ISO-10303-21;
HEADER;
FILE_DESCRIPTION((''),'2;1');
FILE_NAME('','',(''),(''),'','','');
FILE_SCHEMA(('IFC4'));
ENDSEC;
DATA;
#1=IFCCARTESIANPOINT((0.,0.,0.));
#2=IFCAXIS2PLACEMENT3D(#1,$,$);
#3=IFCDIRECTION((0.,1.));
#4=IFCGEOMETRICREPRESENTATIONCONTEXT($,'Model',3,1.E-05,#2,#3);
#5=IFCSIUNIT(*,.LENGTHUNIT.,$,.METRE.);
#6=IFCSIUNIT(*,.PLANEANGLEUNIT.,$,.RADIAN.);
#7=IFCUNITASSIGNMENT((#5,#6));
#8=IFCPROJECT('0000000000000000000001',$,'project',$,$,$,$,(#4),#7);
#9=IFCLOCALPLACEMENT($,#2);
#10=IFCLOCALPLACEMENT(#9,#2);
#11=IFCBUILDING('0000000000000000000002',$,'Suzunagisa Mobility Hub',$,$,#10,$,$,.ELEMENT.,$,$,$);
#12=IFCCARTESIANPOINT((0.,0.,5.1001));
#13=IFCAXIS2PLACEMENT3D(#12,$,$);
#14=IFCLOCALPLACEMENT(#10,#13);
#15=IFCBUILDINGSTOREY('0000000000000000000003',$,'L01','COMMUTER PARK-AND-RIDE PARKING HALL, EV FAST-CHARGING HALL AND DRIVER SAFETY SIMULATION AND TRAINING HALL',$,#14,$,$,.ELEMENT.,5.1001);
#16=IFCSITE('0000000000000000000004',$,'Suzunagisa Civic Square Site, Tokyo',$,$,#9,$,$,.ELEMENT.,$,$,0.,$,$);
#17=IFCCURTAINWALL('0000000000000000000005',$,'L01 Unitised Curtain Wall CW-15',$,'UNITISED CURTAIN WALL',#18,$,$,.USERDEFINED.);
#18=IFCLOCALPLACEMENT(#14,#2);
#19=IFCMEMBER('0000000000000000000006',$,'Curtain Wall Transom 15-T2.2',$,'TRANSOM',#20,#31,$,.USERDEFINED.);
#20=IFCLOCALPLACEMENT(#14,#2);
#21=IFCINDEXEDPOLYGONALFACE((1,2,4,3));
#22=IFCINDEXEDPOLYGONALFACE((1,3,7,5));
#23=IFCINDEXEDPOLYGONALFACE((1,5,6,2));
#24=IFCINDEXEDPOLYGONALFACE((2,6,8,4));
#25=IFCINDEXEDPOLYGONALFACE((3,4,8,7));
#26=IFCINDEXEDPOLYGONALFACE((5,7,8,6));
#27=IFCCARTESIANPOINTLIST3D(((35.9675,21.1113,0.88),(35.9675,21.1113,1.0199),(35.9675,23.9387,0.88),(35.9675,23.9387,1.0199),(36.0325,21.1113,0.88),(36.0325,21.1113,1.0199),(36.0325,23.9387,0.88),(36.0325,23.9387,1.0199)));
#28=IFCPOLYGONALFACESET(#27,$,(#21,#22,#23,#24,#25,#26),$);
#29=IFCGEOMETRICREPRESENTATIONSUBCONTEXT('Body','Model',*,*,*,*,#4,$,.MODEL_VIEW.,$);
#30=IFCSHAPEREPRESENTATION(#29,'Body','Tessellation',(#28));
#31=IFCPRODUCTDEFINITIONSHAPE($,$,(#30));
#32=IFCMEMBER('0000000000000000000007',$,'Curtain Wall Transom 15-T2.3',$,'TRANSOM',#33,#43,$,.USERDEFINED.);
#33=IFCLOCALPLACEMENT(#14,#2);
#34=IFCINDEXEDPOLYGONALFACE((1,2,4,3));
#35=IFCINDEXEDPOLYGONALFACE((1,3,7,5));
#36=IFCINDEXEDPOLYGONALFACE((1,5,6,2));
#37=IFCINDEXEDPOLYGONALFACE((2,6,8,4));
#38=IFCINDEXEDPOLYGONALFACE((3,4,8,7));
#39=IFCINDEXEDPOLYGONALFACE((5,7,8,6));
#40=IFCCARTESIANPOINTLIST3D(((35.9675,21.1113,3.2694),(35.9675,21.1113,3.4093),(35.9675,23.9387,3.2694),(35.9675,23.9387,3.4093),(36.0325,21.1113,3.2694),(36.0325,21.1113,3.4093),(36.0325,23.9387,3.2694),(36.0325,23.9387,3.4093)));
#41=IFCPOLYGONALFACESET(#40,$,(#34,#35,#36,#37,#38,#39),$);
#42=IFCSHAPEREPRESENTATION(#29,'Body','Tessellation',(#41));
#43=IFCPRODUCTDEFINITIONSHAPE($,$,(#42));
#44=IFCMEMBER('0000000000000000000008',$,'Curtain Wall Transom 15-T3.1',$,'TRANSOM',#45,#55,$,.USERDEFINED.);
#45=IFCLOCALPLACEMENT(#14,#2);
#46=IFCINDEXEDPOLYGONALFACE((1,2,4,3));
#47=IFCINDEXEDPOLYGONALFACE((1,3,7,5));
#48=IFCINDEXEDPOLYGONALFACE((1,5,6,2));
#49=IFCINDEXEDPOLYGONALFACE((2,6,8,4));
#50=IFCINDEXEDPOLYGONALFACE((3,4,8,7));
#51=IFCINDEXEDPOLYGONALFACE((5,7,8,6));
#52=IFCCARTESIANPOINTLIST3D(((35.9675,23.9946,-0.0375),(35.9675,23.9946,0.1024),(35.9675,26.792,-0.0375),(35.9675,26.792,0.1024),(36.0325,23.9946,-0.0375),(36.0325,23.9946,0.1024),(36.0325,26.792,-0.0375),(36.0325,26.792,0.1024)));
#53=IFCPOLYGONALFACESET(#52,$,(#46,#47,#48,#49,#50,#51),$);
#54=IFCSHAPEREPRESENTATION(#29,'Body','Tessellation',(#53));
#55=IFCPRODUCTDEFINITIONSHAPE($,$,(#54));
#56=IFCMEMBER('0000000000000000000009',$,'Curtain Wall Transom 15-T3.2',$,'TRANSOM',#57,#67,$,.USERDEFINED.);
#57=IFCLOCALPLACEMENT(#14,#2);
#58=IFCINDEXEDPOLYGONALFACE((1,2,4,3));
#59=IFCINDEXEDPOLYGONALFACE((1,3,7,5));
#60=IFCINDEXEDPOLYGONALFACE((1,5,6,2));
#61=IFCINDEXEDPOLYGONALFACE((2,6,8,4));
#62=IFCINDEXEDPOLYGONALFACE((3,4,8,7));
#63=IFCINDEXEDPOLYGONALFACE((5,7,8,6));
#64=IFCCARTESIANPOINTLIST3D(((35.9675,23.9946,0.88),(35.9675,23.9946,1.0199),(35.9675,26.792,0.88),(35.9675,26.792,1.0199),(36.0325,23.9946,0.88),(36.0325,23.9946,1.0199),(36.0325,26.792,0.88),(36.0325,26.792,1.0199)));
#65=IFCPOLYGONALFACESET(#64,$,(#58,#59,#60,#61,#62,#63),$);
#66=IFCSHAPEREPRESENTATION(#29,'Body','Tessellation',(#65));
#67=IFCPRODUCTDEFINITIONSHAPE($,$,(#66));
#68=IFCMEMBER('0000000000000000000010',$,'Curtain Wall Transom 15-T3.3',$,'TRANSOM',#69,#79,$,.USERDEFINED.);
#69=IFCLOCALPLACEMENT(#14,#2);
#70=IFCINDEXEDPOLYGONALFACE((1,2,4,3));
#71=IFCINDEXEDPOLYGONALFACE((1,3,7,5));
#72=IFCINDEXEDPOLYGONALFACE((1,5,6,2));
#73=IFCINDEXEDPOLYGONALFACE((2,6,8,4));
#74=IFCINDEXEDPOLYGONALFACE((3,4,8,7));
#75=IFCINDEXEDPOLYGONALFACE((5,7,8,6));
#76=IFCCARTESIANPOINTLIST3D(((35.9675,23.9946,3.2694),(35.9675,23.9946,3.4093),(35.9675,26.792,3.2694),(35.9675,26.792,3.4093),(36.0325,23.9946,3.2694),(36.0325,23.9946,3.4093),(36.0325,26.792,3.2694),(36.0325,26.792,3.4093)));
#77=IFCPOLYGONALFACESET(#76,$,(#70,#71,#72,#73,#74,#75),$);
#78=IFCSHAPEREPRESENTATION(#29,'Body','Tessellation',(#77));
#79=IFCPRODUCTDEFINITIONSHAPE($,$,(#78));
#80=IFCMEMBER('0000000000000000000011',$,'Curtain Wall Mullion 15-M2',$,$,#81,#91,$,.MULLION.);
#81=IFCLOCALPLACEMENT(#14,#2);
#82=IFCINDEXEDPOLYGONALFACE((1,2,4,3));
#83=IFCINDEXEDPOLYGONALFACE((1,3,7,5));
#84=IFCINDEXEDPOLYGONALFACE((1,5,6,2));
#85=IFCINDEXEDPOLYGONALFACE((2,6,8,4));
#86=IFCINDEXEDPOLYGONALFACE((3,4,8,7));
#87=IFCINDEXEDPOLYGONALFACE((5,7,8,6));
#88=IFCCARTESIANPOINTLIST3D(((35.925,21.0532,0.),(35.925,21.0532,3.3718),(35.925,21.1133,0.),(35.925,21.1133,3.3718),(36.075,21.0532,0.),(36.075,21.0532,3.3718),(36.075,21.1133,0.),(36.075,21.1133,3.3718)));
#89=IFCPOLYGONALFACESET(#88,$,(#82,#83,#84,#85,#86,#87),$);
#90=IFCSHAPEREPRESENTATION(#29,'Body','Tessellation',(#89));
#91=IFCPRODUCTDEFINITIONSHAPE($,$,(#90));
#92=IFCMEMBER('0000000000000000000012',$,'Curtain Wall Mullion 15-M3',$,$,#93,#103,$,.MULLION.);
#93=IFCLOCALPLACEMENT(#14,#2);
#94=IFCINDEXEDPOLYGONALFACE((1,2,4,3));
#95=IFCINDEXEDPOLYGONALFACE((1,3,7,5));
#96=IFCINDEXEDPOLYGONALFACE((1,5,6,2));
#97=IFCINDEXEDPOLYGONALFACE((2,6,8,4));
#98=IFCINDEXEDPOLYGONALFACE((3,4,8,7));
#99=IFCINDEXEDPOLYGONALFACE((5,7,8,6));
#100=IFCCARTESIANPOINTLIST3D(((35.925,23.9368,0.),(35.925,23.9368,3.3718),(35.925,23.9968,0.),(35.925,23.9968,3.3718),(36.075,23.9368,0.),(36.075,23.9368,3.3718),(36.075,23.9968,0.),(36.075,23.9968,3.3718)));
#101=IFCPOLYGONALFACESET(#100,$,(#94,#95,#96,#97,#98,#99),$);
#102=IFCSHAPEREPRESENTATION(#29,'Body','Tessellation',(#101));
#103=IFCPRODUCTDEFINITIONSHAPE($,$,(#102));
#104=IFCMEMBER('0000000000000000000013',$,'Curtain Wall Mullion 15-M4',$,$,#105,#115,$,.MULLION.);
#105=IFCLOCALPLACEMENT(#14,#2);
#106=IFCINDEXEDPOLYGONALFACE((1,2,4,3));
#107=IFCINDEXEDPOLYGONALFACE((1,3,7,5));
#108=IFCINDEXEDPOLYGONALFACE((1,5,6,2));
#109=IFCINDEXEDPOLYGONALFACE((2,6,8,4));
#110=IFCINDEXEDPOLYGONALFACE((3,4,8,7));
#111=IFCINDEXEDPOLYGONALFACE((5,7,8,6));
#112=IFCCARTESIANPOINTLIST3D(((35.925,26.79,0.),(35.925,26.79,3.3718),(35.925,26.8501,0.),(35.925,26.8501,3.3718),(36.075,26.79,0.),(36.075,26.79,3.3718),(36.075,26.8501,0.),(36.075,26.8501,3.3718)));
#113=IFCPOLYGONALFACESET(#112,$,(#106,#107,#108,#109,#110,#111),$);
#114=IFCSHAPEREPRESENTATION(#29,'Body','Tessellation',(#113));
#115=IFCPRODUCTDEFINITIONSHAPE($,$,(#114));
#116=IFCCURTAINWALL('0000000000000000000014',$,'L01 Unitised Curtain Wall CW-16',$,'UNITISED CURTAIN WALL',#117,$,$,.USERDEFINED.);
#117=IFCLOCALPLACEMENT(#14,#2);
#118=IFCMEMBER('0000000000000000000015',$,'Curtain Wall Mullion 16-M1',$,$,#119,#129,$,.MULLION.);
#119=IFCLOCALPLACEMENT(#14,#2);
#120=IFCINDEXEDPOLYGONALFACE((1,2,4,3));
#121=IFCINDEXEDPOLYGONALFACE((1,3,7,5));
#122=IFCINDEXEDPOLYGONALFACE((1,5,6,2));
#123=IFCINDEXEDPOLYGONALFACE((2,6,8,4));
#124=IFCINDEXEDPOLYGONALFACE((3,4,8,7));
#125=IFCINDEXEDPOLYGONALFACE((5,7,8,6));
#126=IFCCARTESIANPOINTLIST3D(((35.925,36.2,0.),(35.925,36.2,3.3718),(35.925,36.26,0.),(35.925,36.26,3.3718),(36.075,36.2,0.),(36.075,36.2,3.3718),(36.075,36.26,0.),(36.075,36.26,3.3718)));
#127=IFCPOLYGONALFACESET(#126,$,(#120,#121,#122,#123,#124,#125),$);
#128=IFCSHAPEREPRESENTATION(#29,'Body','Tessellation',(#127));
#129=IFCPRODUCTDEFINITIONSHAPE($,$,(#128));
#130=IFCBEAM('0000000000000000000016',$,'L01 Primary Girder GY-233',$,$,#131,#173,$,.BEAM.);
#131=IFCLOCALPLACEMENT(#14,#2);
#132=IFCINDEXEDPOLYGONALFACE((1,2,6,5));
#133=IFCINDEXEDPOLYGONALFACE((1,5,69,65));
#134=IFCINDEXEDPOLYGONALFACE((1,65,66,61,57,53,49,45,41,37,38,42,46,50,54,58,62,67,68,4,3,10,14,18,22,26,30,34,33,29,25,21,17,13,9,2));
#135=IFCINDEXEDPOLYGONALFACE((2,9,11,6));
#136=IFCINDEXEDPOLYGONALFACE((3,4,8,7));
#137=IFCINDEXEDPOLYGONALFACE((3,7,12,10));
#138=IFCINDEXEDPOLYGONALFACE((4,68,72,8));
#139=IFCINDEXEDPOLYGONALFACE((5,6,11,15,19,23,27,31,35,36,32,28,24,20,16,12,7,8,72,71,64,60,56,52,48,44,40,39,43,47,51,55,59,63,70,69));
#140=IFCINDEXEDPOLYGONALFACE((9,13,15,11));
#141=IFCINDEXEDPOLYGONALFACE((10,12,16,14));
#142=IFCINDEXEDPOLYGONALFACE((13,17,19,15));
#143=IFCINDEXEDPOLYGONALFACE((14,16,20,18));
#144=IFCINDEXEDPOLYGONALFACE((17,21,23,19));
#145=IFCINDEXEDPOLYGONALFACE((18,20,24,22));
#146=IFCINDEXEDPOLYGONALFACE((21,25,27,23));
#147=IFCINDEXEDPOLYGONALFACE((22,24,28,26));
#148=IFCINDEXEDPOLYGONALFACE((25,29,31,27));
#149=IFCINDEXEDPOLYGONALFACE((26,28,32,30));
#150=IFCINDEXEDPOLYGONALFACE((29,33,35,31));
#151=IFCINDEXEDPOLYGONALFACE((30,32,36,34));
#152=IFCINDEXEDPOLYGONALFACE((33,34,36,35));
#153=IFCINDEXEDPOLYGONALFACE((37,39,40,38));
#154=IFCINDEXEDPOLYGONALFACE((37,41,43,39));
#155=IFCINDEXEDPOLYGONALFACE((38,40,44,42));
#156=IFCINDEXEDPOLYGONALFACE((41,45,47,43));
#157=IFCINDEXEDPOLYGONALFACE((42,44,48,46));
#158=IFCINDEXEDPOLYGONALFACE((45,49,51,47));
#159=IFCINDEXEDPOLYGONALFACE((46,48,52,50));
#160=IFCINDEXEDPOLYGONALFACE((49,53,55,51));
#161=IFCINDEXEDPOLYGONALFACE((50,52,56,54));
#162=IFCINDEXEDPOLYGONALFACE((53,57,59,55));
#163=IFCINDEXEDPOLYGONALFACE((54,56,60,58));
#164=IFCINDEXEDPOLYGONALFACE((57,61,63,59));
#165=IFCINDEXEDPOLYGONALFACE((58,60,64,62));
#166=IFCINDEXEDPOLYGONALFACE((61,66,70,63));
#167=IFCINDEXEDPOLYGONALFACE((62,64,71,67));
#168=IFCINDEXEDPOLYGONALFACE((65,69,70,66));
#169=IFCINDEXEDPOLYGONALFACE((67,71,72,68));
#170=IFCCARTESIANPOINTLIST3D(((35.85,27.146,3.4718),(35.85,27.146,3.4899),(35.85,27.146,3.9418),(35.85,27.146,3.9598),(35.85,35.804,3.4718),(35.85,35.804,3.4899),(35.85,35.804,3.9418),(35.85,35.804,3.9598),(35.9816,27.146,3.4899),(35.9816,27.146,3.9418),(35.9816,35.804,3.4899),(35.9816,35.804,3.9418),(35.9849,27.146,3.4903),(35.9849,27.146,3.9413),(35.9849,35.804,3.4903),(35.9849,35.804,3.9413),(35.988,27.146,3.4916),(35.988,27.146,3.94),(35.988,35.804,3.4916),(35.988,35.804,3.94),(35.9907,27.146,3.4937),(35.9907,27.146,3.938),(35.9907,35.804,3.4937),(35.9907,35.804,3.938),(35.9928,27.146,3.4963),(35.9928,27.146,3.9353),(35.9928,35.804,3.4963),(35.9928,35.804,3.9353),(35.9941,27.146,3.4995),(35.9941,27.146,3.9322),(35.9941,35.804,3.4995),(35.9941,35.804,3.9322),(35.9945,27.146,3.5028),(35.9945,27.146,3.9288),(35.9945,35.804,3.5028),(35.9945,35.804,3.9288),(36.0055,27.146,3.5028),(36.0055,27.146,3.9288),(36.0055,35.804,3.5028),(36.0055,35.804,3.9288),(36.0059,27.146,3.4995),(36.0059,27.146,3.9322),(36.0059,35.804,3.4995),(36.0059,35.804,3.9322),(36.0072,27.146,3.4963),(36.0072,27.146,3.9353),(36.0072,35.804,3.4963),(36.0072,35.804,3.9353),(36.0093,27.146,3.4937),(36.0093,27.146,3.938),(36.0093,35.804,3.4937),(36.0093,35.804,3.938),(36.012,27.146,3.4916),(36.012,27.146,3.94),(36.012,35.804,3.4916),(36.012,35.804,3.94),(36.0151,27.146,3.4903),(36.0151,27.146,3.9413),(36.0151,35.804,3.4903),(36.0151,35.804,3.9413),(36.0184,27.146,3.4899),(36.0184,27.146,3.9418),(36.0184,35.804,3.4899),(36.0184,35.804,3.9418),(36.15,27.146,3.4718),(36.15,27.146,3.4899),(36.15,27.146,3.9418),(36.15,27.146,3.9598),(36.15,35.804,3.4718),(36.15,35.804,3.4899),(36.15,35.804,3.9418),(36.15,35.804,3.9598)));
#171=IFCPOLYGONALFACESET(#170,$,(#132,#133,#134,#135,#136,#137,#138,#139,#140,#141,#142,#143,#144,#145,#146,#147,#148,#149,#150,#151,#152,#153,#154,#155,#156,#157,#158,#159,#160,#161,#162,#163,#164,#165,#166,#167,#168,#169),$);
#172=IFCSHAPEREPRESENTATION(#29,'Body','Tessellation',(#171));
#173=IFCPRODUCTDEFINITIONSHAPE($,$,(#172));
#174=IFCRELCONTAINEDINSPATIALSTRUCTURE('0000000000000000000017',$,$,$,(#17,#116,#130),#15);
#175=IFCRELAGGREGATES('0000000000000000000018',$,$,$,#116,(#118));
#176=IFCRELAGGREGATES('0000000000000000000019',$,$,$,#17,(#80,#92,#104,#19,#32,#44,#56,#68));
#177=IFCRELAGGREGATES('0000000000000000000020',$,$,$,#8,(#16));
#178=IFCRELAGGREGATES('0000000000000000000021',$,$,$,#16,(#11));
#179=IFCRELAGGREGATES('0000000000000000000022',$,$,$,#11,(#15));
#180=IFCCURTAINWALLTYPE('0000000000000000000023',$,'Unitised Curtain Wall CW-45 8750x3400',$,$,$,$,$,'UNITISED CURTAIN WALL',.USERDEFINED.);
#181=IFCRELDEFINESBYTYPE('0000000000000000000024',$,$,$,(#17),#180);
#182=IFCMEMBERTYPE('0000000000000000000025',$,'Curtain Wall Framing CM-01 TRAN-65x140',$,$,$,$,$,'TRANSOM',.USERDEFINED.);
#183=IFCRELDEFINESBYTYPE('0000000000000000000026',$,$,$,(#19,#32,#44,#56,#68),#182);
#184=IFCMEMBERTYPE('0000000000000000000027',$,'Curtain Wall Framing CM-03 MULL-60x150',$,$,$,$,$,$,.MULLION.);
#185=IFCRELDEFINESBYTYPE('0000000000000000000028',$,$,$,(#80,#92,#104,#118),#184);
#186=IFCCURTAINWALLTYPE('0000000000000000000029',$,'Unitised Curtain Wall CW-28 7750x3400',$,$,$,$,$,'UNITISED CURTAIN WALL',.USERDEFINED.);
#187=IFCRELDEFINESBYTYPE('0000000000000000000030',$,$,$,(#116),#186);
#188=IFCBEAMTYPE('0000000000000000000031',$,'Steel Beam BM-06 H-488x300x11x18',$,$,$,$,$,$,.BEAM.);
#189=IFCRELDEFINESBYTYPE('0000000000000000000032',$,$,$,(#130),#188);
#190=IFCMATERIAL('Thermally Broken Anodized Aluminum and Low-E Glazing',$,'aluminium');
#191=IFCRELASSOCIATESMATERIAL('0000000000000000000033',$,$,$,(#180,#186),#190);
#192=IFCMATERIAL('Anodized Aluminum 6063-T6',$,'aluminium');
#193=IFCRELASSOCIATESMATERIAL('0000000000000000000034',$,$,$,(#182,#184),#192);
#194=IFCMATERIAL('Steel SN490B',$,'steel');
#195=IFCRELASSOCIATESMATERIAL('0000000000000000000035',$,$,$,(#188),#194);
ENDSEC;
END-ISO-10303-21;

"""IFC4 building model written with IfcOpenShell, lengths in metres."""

from ifc_helpers import new_model, si_unit, direction, frame, origin, origin_2d, place, context, subcontext, project, spatial, rectangle, i_section, extrude, material, material_profile, profile_set, type_object, element, aggregate, save


model = new_model("IFC4")

# Units and contexts
model_context = context("Model", 3, precision=1e-05, world=origin(), true_north=direction((0.0, 1.0)))
body_context = subcontext(model_context, "Body", "Model", "MODEL_VIEW")
ifc_project = project(units=[si_unit("LENGTHUNIT", "METRE"), si_unit("PLANEANGLEUNIT", "RADIAN")], contexts=[model_context])

# Site, building, storey
site_placement = place(None, origin())
site = spatial("IfcSite", under=ifc_project, at=site_placement, Name="Suzunagisa Civic Square Site, Tokyo", CompositionType="ELEMENT", RefElevation=0.0)
building_placement = place(site_placement, origin())
building = spatial("IfcBuilding", under=site, at=building_placement, Name="Suzunagisa Mobility Hub", CompositionType="ELEMENT")
storey_placement = place(building_placement, frame((0.0, 0.0, 5.1001)))
storey = spatial("IfcBuildingStorey", under=building, at=storey_placement, Name="L01", Description="COMMUTER PARK-AND-RIDE PARKING HALL, EV FAST-CHARGING HALL AND DRIVER SAFETY SIMULATION AND TRAINING HALL", CompositionType="ELEMENT", Elevation=5.1001)

# Shared definitions
ifc_material_1 = material(Name="Steel SN490B", Category="steel")

# Curtain wall, members
ifc_material_2 = material(Name="Thermally Broken Anodized Aluminum and Low-E Glazing", Category="aluminium")
curtain_wall_type_1 = type_object("IfcCurtainWallType", Name="Unitised Curtain Wall CW-45 8750x3400", ElementType="UNITISED CURTAIN WALL", PredefinedType="USERDEFINED", material=ifc_material_2)
curtain_wall_1_placement = place(storey_placement, origin())
curtain_wall_1 = element("IfcCurtainWall", 1, at=curtain_wall_1_placement, inside=storey, type_object=curtain_wall_type_1, Name="L01 Unitised Curtain Wall CW-15", ObjectType="UNITISED CURTAIN WALL", PredefinedType="USERDEFINED")
ifc_material_3 = material(Name="Anodized Aluminum 6063-T6", Category="aluminium")
ifc_material_profile_1 = material_profile(ifc_material_3, rectangle(XDim=0.0649, YDim=0.1399, at=origin_2d()), Name="TRAN-65x140")
ifc_profile_set_1 = profile_set([ifc_material_profile_1], Name="Anodized Aluminum 6063-T6")
member_type_1 = type_object("IfcMemberType", Name="Curtain Wall Framing CM-01 TRAN-65x140", ElementType="TRANSOM", PredefinedType="USERDEFINED", material=ifc_profile_set_1)
member_1_placement = place(storey_placement, frame((36.0, 21.1113, 0.95), z_axis=(0.0, 1.0, 0.0), x_axis=(-1.0, 0.0, 0.0)))
member_1 = element("IfcMember", 2, at=member_1_placement, type_object=member_type_1, Name="Curtain Wall Transom 15-T2.2", ObjectType="TRANSOM", PredefinedType="USERDEFINED", context=body_context, shape_type="SweptSolid", body=[
    extrude(rectangle(XDim=0.0649, YDim=0.1399, at=origin_2d()), origin(), (0.0, 0.0, 1.0), 2.8274),
])
member_2_placement = place(storey_placement, frame((36.0, 21.1113, 3.3394), z_axis=(0.0, 1.0, 0.0), x_axis=(-1.0, 0.0, 0.0)))
member_2 = element("IfcMember", 3, at=member_2_placement, type_object=member_type_1, Name="Curtain Wall Transom 15-T2.3", ObjectType="TRANSOM", PredefinedType="USERDEFINED", context=body_context, shape_type="SweptSolid", body=[
    extrude(rectangle(XDim=0.0649, YDim=0.1399, at=origin_2d()), origin(), (0.0, 0.0, 1.0), 2.8274),
])
member_3_placement = place(storey_placement, frame((36.0, 23.9946, 0.0325), z_axis=(0.0, 1.0, 0.0), x_axis=(-1.0, 0.0, 0.0)))
member_3 = element("IfcMember", 4, at=member_3_placement, type_object=member_type_1, Name="Curtain Wall Transom 15-T3.1", ObjectType="TRANSOM", PredefinedType="USERDEFINED", context=body_context, shape_type="SweptSolid", body=[
    extrude(rectangle(XDim=0.0649, YDim=0.1399, at=origin_2d()), origin(), (0.0, 0.0, 1.0), 2.7974),
])
member_4_placement = place(storey_placement, frame((36.0, 23.9946, 0.95), z_axis=(0.0, 1.0, 0.0), x_axis=(-1.0, 0.0, 0.0)))
member_4 = element("IfcMember", 5, at=member_4_placement, type_object=member_type_1, Name="Curtain Wall Transom 15-T3.2", ObjectType="TRANSOM", PredefinedType="USERDEFINED", context=body_context, shape_type="SweptSolid", body=[
    extrude(rectangle(XDim=0.0649, YDim=0.1399, at=origin_2d()), origin(), (0.0, 0.0, 1.0), 2.7974),
])
member_5_placement = place(storey_placement, frame((36.0, 23.9946, 3.3394), z_axis=(0.0, 1.0, 0.0), x_axis=(-1.0, 0.0, 0.0)))
member_5 = element("IfcMember", 6, at=member_5_placement, type_object=member_type_1, Name="Curtain Wall Transom 15-T3.3", ObjectType="TRANSOM", PredefinedType="USERDEFINED", context=body_context, shape_type="SweptSolid", body=[
    extrude(rectangle(XDim=0.0649, YDim=0.1399, at=origin_2d()), origin(), (0.0, 0.0, 1.0), 2.7974),
])
ifc_material_profile_2 = material_profile(ifc_material_3, rectangle(XDim=0.0601, YDim=0.1499, at=origin_2d()), Name="MULL-60x150")
ifc_profile_set_2 = profile_set([ifc_material_profile_2], Name="Anodized Aluminum 6063-T6")
member_type_2 = type_object("IfcMemberType", Name="Curtain Wall Framing CM-03 MULL-60x150", PredefinedType="MULLION", material=ifc_profile_set_2)
member_6_placement = place(storey_placement, frame((36.0, 21.0833, 0.0), z_axis=(0.0, 0.0, 1.0), x_axis=(0.0, 1.0, 0.0)))
member_6 = element("IfcMember", 7, at=member_6_placement, type_object=member_type_2, Name="Curtain Wall Mullion 15-M2", PredefinedType="MULLION", context=body_context, shape_type="SweptSolid", body=[
    extrude(rectangle(XDim=0.0601, YDim=0.1499, at=origin_2d()), origin(), (0.0, 0.0, 1.0), 3.3718),
])
member_7_placement = place(storey_placement, frame((36.0, 23.9668, 0.0), z_axis=(0.0, 0.0, 1.0), x_axis=(0.0, 1.0, 0.0)))
member_7 = element("IfcMember", 8, at=member_7_placement, type_object=member_type_2, Name="Curtain Wall Mullion 15-M3", PredefinedType="MULLION", context=body_context, shape_type="SweptSolid", body=[
    extrude(rectangle(XDim=0.0601, YDim=0.1499, at=origin_2d()), origin(), (0.0, 0.0, 1.0), 3.3718),
])
member_8_placement = place(storey_placement, frame((36.0, 26.8201, 0.0), z_axis=(0.0, 0.0, 1.0), x_axis=(0.0, 1.0, 0.0)))
member_8 = element("IfcMember", 9, at=member_8_placement, type_object=member_type_2, Name="Curtain Wall Mullion 15-M4", PredefinedType="MULLION", context=body_context, shape_type="SweptSolid", body=[
    extrude(rectangle(XDim=0.0601, YDim=0.1499, at=origin_2d()), origin(), (0.0, 0.0, 1.0), 3.3718),
])

# Curtain wall, member
curtain_wall_type_2 = type_object("IfcCurtainWallType", Name="Unitised Curtain Wall CW-28 7750x3400", ElementType="UNITISED CURTAIN WALL", PredefinedType="USERDEFINED", material=ifc_material_2)
curtain_wall_2_placement = place(storey_placement, origin())
curtain_wall_2 = element("IfcCurtainWall", 10, at=curtain_wall_2_placement, inside=storey, type_object=curtain_wall_type_2, Name="L01 Unitised Curtain Wall CW-16", ObjectType="UNITISED CURTAIN WALL", PredefinedType="USERDEFINED")
member_9_placement = place(storey_placement, frame((36.0, 36.23, 0.0), z_axis=(0.0, 0.0, 1.0), x_axis=(0.0, 1.0, 0.0)))
member_9 = element("IfcMember", 11, at=member_9_placement, type_object=member_type_2, Name="Curtain Wall Mullion 16-M1", PredefinedType="MULLION", context=body_context, shape_type="SweptSolid", body=[
    extrude(rectangle(XDim=0.0601, YDim=0.1499, at=origin_2d()), origin(), (0.0, 0.0, 1.0), 3.3718),
])
aggregate(curtain_wall_2, [member_9])

# Beam
ifc_material_profile_3 = material_profile(ifc_material_1, i_section(OverallWidth=0.3, OverallDepth=0.488, WebThickness=0.011, FlangeThickness=0.0181, FilletRadius=0.0129, at=origin_2d()), Name="H-488x300x11x18")
ifc_profile_set_3 = profile_set([ifc_material_profile_3], Name="Steel SN490B")
beam_type = type_object("IfcBeamType", Name="Steel Beam BM-06 H-488x300x11x18", PredefinedType="BEAM", material=ifc_profile_set_3)
beam_1_placement = place(storey_placement, frame((36.0, 27.146, 3.7158), z_axis=(0.0, 1.0, 0.0), x_axis=(-1.0, 0.0, 0.0)))
element("IfcBeam", 12, at=beam_1_placement, inside=storey, type_object=beam_type, Name="L01 Primary Girder GY-233", PredefinedType="BEAM", context=body_context, shape_type="SweptSolid", body=[
    extrude(i_section(OverallWidth=0.3, OverallDepth=0.488, WebThickness=0.011, FlangeThickness=0.0181, FilletRadius=0.0129, at=origin_2d()), origin(), (0.0, 0.0, 1.0), 8.658),
])

aggregate(curtain_wall_1, [member_6, member_7, member_8, member_1, member_2, member_3, member_4, member_5])

save(model, "model.ifc")
